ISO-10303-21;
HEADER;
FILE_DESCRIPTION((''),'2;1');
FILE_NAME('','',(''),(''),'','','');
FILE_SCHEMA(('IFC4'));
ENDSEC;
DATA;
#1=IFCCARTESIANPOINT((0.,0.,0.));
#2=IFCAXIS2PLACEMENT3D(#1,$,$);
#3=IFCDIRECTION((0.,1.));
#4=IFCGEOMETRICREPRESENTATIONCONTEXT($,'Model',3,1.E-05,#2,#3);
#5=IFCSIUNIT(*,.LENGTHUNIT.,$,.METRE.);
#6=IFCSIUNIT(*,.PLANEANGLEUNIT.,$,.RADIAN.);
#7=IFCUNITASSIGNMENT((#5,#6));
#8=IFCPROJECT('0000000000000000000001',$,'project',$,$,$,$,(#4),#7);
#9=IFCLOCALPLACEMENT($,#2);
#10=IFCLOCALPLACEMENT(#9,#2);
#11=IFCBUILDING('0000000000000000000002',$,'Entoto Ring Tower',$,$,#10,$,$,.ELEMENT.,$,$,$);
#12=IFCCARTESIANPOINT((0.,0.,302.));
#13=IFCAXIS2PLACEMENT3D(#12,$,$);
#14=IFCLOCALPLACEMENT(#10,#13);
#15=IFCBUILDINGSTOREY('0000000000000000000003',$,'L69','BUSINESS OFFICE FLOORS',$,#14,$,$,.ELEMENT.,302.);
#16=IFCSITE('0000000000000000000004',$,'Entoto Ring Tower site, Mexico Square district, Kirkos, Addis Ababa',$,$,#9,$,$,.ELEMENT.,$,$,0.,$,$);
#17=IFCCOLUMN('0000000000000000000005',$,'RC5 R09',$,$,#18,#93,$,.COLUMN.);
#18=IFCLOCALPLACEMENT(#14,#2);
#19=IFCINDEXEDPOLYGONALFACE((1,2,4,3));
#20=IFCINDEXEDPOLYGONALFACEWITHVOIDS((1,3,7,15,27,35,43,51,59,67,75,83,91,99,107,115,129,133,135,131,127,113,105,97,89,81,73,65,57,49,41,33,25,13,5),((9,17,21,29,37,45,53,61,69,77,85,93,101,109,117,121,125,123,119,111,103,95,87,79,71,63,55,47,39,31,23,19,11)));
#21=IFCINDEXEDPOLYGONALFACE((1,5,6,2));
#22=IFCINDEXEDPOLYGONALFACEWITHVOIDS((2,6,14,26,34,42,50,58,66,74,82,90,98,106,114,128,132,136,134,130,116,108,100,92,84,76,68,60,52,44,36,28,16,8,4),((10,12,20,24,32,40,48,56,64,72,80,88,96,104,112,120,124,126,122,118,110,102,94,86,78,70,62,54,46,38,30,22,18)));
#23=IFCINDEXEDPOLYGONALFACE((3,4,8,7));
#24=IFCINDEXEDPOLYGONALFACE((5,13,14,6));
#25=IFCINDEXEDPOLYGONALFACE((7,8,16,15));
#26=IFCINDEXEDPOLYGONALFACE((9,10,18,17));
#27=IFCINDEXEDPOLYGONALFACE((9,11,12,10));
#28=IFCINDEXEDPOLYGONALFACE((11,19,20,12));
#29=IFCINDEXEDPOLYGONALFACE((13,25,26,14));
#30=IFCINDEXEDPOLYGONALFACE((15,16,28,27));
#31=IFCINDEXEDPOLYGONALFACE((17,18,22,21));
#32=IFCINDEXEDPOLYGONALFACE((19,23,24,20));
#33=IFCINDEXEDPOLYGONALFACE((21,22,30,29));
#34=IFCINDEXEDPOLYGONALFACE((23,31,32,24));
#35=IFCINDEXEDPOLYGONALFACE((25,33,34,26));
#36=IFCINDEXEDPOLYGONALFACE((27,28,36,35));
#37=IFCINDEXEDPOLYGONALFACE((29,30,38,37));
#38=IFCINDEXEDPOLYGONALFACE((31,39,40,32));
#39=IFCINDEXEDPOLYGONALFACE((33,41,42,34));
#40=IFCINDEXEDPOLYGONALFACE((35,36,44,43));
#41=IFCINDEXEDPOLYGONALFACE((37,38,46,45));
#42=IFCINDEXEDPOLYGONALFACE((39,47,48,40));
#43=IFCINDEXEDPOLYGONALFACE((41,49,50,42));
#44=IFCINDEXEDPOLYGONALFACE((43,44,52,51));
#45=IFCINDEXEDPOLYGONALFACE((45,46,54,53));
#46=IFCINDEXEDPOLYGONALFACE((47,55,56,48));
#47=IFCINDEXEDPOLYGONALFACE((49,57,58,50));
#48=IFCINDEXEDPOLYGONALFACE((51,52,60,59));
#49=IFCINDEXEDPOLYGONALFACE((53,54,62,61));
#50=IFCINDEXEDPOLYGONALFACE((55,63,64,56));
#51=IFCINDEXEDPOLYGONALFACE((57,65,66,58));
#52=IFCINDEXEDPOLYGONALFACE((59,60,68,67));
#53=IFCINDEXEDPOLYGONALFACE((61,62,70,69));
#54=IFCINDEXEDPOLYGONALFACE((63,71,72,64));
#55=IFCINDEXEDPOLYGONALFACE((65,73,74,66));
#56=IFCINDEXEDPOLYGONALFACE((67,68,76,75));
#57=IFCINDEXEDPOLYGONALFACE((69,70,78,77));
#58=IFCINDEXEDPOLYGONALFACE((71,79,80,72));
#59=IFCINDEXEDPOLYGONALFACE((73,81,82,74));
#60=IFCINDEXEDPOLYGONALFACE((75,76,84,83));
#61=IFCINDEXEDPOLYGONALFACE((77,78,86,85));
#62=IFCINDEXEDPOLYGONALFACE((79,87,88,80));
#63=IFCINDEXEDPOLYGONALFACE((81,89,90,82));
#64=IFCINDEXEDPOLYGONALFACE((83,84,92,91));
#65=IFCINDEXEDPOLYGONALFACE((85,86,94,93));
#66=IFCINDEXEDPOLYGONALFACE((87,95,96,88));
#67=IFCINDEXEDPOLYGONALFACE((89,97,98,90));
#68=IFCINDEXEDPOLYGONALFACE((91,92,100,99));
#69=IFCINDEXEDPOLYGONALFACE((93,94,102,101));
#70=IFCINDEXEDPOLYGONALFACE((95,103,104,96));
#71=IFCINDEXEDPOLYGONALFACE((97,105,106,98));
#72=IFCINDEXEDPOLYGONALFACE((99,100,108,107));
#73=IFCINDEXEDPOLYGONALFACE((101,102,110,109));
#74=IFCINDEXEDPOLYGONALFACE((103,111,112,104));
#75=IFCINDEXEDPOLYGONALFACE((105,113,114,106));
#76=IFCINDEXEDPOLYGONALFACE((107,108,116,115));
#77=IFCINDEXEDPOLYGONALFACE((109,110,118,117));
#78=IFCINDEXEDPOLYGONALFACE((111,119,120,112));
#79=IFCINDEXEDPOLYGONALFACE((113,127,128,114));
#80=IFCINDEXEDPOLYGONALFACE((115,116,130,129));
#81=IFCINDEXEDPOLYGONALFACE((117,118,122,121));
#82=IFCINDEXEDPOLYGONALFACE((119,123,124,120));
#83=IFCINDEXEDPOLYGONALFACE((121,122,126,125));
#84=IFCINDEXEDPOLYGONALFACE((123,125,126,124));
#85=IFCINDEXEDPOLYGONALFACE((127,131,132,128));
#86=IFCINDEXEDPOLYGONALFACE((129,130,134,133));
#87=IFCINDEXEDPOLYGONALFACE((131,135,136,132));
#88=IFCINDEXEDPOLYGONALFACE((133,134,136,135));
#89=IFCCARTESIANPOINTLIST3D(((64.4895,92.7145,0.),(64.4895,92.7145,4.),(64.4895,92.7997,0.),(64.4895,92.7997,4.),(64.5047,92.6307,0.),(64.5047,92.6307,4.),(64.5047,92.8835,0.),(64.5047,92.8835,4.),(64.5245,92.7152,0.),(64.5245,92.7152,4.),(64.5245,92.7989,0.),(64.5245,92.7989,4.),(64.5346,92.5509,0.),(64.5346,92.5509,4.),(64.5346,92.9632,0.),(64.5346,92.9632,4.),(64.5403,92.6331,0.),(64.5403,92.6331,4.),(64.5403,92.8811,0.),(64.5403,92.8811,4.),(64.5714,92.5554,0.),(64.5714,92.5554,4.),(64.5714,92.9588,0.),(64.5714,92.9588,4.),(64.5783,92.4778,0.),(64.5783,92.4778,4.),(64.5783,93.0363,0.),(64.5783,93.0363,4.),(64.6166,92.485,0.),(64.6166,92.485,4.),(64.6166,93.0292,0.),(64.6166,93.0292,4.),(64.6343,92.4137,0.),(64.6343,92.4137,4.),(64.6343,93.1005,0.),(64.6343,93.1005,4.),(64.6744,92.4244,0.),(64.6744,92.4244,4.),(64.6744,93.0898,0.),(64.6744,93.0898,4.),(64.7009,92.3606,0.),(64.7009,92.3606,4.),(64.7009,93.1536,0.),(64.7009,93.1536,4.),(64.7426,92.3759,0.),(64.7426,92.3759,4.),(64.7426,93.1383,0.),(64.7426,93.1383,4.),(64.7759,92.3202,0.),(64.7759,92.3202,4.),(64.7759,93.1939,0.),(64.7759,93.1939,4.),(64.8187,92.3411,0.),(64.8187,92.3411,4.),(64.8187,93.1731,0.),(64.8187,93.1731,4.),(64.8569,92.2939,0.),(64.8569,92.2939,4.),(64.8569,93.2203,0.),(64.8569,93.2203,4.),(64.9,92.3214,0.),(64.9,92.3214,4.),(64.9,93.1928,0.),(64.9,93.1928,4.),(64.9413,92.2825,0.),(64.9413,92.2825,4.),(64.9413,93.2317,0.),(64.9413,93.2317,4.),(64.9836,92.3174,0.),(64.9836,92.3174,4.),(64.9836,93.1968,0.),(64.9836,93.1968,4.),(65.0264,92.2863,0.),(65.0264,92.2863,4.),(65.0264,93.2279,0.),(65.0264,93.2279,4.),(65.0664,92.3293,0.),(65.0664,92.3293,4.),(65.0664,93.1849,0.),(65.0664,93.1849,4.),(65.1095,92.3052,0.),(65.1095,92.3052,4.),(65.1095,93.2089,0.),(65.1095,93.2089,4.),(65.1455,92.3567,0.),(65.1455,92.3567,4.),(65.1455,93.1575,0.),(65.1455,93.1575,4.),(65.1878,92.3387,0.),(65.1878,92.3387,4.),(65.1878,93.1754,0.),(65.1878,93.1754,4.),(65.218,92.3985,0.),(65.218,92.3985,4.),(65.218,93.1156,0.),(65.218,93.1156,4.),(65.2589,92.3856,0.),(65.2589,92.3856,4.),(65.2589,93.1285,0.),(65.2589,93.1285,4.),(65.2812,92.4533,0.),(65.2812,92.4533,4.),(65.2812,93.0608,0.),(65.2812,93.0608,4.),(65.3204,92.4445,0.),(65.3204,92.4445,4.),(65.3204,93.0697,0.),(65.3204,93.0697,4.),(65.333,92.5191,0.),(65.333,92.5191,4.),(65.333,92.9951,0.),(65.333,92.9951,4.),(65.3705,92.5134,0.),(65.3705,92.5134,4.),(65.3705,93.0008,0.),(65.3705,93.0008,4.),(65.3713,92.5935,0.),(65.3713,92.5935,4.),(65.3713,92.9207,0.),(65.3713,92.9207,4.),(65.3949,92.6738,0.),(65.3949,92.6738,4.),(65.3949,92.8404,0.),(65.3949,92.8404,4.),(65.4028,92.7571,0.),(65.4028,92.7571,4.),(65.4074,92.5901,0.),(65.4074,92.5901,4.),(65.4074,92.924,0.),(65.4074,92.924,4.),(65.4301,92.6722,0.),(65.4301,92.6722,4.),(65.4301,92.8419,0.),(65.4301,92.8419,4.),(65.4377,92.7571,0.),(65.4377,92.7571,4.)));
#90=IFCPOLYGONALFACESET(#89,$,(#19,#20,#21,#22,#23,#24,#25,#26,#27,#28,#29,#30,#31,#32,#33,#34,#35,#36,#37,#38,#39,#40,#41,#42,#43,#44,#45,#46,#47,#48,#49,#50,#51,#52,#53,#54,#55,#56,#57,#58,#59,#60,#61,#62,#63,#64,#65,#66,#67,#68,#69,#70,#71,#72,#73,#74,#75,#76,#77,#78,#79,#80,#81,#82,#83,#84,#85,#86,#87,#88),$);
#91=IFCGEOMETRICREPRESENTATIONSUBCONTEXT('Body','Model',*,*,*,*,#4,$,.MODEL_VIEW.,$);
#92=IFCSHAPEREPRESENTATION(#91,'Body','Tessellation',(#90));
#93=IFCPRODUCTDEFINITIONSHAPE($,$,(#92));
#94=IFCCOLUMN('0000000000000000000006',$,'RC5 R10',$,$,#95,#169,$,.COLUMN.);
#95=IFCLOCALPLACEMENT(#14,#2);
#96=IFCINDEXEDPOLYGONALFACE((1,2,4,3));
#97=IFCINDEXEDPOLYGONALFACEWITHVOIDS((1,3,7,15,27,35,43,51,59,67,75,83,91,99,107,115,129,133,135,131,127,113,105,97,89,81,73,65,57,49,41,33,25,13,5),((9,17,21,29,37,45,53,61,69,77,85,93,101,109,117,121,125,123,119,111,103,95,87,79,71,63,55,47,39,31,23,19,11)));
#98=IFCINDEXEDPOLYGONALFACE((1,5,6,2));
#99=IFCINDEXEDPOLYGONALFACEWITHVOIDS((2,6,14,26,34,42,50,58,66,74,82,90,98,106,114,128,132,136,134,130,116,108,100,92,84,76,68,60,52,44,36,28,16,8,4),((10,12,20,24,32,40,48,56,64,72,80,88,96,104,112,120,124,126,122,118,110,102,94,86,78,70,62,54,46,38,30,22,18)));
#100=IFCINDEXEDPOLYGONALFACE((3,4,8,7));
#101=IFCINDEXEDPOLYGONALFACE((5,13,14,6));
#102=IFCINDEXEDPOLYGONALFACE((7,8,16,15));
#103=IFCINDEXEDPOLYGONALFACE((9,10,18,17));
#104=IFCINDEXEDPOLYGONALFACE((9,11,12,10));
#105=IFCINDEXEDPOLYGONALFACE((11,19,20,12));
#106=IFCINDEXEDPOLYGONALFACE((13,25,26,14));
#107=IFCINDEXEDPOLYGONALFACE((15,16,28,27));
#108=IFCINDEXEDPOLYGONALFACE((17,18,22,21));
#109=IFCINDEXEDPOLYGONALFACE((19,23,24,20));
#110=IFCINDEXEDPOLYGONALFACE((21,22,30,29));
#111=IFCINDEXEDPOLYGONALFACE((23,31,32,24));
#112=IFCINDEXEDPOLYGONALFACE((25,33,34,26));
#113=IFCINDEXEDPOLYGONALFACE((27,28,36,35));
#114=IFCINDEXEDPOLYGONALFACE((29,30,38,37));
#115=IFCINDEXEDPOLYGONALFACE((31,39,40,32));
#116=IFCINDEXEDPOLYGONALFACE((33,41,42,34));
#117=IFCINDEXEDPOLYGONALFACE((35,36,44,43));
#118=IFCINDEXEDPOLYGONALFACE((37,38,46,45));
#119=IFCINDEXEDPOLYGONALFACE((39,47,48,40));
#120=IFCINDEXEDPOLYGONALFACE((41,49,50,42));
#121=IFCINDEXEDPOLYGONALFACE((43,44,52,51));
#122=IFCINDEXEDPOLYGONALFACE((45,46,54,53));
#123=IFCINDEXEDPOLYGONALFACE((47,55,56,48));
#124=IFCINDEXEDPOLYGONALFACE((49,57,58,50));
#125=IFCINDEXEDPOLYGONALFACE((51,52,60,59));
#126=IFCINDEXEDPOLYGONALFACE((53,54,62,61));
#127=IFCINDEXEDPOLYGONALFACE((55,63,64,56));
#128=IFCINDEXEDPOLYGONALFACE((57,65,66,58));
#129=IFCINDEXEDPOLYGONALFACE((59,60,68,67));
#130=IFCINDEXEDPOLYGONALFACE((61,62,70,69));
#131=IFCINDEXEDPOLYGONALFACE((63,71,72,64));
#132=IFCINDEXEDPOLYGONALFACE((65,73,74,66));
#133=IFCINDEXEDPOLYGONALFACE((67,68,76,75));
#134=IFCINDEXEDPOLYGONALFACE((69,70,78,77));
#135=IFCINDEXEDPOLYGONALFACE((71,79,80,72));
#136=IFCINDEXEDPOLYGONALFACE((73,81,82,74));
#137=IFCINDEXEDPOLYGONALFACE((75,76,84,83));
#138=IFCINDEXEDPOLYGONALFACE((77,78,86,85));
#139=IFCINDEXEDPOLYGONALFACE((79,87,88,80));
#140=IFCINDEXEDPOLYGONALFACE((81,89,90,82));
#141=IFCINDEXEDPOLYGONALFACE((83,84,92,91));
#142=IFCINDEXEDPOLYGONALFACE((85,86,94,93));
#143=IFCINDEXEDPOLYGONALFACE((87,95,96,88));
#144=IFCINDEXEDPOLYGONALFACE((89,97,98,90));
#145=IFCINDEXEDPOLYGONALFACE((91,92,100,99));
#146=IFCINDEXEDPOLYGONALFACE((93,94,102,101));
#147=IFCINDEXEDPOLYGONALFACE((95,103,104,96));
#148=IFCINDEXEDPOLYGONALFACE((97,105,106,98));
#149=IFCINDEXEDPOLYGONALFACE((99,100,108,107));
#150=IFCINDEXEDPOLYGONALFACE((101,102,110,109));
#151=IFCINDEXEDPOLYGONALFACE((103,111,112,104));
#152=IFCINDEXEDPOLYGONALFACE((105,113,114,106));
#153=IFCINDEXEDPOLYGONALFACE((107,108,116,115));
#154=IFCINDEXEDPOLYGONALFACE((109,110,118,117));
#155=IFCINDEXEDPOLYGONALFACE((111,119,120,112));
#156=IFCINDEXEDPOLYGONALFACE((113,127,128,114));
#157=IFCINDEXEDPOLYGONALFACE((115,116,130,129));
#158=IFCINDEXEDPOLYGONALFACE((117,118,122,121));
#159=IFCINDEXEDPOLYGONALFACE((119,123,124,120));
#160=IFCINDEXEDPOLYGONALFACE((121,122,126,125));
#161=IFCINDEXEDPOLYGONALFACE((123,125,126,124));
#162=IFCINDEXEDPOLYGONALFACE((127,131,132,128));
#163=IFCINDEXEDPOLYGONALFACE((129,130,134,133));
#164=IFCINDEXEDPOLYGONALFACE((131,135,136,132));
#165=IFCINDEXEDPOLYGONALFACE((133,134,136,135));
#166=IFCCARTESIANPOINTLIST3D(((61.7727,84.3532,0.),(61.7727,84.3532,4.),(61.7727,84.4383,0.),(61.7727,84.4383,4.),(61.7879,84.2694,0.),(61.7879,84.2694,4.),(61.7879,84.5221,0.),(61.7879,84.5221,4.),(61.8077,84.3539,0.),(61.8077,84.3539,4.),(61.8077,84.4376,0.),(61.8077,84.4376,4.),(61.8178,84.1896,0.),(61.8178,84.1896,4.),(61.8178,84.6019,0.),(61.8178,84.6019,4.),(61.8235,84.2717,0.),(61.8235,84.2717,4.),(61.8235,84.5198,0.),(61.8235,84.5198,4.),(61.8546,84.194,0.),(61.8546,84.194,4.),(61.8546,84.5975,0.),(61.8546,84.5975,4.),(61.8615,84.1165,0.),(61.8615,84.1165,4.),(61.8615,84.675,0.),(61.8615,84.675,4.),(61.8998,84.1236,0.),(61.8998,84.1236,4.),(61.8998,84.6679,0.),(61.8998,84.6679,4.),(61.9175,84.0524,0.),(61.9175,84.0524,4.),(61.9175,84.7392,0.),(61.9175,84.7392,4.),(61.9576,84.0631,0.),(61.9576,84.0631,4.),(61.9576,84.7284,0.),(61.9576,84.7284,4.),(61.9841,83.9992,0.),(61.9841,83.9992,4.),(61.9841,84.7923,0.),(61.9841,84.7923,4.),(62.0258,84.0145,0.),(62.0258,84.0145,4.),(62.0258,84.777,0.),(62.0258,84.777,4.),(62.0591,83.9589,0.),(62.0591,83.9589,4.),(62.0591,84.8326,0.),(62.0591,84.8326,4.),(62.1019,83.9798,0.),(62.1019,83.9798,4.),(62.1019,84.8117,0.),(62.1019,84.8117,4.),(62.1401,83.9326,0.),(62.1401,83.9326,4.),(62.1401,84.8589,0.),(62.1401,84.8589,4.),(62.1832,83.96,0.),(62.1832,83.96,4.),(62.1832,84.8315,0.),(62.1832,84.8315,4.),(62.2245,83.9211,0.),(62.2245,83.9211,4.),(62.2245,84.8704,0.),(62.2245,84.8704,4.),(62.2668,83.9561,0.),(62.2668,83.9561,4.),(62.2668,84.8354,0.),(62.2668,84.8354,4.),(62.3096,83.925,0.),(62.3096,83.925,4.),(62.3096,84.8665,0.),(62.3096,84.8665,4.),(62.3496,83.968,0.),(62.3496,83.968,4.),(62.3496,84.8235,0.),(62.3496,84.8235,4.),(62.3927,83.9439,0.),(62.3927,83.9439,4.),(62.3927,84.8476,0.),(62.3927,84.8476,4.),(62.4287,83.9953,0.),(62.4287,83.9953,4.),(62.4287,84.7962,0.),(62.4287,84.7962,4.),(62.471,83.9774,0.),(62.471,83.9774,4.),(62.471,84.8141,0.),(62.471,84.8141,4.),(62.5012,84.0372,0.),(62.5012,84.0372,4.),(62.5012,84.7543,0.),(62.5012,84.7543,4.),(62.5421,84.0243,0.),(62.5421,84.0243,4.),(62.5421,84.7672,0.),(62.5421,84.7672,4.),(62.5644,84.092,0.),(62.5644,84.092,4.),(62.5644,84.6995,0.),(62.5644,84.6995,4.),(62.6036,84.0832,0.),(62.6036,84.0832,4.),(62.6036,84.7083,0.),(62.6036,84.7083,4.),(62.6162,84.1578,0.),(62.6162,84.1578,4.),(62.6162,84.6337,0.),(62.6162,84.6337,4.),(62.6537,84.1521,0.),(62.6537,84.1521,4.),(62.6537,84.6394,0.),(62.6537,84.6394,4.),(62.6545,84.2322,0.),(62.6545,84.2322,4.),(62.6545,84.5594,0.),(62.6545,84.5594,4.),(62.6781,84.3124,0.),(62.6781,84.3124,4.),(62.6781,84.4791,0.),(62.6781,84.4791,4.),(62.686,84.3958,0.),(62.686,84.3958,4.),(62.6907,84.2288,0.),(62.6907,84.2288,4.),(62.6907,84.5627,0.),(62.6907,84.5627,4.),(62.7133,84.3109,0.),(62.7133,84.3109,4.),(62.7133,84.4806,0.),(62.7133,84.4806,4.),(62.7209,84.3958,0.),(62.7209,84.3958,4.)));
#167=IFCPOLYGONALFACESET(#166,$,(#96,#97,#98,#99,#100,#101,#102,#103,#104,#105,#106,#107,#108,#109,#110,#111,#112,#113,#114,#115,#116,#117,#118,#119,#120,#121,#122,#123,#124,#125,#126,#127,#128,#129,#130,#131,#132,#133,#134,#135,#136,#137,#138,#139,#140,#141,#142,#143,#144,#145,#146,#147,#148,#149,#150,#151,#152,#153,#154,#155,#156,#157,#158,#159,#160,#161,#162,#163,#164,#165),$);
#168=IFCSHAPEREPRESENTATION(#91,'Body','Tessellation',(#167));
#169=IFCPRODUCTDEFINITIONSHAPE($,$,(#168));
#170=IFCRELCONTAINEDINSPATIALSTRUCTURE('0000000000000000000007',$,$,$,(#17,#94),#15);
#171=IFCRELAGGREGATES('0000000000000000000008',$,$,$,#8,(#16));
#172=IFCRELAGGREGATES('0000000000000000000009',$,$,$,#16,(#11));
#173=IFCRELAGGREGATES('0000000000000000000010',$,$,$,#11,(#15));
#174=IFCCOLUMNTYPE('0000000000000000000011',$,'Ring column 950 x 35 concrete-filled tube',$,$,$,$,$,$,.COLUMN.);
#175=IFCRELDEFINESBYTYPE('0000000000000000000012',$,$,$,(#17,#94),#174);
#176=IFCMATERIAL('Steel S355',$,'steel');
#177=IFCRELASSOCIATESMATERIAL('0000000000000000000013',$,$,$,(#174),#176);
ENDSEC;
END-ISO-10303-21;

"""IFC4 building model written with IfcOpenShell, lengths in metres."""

from ifc_helpers import new_model, si_unit, direction, frame, origin, origin_2d, place, context, subcontext, project, spatial, circle, hollow_circle, extrude, material, material_profile, profile_set, type_object, element, save


model = new_model("IFC4")

# Units and contexts
model_context = context("Model", 3, precision=1e-05, world=origin(), true_north=direction((0.0, 1.0)))
body_context = subcontext(model_context, "Body", "Model", "MODEL_VIEW")
ifc_project = project(units=[si_unit("LENGTHUNIT", "METRE"), si_unit("PLANEANGLEUNIT", "RADIAN")], contexts=[model_context])

# Site, building, storey
site_placement = place(None, origin())
site = spatial("IfcSite", under=ifc_project, at=site_placement, Name="Entoto Ring Tower site, Mexico Square district, Kirkos, Addis Ababa", CompositionType="ELEMENT", RefElevation=0.0)
building_placement = place(site_placement, origin())
building = spatial("IfcBuilding", under=site, at=building_placement, Name="Entoto Ring Tower", CompositionType="ELEMENT")
storey_placement = place(building_placement, frame((0.0, 0.0, 302.0)))
storey = spatial("IfcBuildingStorey", under=building, at=storey_placement, Name="L69", Description="BUSINESS OFFICE FLOORS", CompositionType="ELEMENT", Elevation=302.0)

# Columns
ifc_material_1 = material(Name="Steel S355", Category="steel")
ifc_material_profile_1 = material_profile(ifc_material_1, hollow_circle(Radius=0.4751, WallThickness=0.0349, at=origin_2d()), Name="CHS 950 x 35")
ifc_material_2 = material(Name="Concrete C60/75", Category="concrete")
ifc_material_profile_2 = material_profile(ifc_material_2, circle(Radius=0.4399, at=origin_2d()), Name="Concrete C60/75 infill")
ifc_profile_set_1 = profile_set([ifc_material_profile_1, ifc_material_profile_2], Name="Steel S355")
column_type = type_object("IfcColumnType", Name="Ring column 950 x 35 concrete-filled tube", PredefinedType="COLUMN", material=ifc_profile_set_1)
for number, where, z_axis, x_axis, name in (
    (1, (64.9626, 92.7571, 0.0), (0.0, 0.0, 1.0), (1.0, 0.0, 0.0), "RC5 R09"),
    (2, (62.2458, 84.3958, 0.0), (0.0, 0.0, 1.0), (1.0, 0.0, 0.0), "RC5 R10"),
):
    element("IfcColumn", number, at=place(storey_placement, frame(where, z_axis=z_axis, x_axis=x_axis)), inside=storey, type_object=column_type, Name=name, PredefinedType="COLUMN", context=body_context, shape_type="SweptSolid", body=[
        extrude(hollow_circle(Radius=0.4751, WallThickness=0.0349, at=origin_2d()), origin(), (0.0, 0.0, 1.0), 4.0),
    ])

save(model, "model.ifc")
